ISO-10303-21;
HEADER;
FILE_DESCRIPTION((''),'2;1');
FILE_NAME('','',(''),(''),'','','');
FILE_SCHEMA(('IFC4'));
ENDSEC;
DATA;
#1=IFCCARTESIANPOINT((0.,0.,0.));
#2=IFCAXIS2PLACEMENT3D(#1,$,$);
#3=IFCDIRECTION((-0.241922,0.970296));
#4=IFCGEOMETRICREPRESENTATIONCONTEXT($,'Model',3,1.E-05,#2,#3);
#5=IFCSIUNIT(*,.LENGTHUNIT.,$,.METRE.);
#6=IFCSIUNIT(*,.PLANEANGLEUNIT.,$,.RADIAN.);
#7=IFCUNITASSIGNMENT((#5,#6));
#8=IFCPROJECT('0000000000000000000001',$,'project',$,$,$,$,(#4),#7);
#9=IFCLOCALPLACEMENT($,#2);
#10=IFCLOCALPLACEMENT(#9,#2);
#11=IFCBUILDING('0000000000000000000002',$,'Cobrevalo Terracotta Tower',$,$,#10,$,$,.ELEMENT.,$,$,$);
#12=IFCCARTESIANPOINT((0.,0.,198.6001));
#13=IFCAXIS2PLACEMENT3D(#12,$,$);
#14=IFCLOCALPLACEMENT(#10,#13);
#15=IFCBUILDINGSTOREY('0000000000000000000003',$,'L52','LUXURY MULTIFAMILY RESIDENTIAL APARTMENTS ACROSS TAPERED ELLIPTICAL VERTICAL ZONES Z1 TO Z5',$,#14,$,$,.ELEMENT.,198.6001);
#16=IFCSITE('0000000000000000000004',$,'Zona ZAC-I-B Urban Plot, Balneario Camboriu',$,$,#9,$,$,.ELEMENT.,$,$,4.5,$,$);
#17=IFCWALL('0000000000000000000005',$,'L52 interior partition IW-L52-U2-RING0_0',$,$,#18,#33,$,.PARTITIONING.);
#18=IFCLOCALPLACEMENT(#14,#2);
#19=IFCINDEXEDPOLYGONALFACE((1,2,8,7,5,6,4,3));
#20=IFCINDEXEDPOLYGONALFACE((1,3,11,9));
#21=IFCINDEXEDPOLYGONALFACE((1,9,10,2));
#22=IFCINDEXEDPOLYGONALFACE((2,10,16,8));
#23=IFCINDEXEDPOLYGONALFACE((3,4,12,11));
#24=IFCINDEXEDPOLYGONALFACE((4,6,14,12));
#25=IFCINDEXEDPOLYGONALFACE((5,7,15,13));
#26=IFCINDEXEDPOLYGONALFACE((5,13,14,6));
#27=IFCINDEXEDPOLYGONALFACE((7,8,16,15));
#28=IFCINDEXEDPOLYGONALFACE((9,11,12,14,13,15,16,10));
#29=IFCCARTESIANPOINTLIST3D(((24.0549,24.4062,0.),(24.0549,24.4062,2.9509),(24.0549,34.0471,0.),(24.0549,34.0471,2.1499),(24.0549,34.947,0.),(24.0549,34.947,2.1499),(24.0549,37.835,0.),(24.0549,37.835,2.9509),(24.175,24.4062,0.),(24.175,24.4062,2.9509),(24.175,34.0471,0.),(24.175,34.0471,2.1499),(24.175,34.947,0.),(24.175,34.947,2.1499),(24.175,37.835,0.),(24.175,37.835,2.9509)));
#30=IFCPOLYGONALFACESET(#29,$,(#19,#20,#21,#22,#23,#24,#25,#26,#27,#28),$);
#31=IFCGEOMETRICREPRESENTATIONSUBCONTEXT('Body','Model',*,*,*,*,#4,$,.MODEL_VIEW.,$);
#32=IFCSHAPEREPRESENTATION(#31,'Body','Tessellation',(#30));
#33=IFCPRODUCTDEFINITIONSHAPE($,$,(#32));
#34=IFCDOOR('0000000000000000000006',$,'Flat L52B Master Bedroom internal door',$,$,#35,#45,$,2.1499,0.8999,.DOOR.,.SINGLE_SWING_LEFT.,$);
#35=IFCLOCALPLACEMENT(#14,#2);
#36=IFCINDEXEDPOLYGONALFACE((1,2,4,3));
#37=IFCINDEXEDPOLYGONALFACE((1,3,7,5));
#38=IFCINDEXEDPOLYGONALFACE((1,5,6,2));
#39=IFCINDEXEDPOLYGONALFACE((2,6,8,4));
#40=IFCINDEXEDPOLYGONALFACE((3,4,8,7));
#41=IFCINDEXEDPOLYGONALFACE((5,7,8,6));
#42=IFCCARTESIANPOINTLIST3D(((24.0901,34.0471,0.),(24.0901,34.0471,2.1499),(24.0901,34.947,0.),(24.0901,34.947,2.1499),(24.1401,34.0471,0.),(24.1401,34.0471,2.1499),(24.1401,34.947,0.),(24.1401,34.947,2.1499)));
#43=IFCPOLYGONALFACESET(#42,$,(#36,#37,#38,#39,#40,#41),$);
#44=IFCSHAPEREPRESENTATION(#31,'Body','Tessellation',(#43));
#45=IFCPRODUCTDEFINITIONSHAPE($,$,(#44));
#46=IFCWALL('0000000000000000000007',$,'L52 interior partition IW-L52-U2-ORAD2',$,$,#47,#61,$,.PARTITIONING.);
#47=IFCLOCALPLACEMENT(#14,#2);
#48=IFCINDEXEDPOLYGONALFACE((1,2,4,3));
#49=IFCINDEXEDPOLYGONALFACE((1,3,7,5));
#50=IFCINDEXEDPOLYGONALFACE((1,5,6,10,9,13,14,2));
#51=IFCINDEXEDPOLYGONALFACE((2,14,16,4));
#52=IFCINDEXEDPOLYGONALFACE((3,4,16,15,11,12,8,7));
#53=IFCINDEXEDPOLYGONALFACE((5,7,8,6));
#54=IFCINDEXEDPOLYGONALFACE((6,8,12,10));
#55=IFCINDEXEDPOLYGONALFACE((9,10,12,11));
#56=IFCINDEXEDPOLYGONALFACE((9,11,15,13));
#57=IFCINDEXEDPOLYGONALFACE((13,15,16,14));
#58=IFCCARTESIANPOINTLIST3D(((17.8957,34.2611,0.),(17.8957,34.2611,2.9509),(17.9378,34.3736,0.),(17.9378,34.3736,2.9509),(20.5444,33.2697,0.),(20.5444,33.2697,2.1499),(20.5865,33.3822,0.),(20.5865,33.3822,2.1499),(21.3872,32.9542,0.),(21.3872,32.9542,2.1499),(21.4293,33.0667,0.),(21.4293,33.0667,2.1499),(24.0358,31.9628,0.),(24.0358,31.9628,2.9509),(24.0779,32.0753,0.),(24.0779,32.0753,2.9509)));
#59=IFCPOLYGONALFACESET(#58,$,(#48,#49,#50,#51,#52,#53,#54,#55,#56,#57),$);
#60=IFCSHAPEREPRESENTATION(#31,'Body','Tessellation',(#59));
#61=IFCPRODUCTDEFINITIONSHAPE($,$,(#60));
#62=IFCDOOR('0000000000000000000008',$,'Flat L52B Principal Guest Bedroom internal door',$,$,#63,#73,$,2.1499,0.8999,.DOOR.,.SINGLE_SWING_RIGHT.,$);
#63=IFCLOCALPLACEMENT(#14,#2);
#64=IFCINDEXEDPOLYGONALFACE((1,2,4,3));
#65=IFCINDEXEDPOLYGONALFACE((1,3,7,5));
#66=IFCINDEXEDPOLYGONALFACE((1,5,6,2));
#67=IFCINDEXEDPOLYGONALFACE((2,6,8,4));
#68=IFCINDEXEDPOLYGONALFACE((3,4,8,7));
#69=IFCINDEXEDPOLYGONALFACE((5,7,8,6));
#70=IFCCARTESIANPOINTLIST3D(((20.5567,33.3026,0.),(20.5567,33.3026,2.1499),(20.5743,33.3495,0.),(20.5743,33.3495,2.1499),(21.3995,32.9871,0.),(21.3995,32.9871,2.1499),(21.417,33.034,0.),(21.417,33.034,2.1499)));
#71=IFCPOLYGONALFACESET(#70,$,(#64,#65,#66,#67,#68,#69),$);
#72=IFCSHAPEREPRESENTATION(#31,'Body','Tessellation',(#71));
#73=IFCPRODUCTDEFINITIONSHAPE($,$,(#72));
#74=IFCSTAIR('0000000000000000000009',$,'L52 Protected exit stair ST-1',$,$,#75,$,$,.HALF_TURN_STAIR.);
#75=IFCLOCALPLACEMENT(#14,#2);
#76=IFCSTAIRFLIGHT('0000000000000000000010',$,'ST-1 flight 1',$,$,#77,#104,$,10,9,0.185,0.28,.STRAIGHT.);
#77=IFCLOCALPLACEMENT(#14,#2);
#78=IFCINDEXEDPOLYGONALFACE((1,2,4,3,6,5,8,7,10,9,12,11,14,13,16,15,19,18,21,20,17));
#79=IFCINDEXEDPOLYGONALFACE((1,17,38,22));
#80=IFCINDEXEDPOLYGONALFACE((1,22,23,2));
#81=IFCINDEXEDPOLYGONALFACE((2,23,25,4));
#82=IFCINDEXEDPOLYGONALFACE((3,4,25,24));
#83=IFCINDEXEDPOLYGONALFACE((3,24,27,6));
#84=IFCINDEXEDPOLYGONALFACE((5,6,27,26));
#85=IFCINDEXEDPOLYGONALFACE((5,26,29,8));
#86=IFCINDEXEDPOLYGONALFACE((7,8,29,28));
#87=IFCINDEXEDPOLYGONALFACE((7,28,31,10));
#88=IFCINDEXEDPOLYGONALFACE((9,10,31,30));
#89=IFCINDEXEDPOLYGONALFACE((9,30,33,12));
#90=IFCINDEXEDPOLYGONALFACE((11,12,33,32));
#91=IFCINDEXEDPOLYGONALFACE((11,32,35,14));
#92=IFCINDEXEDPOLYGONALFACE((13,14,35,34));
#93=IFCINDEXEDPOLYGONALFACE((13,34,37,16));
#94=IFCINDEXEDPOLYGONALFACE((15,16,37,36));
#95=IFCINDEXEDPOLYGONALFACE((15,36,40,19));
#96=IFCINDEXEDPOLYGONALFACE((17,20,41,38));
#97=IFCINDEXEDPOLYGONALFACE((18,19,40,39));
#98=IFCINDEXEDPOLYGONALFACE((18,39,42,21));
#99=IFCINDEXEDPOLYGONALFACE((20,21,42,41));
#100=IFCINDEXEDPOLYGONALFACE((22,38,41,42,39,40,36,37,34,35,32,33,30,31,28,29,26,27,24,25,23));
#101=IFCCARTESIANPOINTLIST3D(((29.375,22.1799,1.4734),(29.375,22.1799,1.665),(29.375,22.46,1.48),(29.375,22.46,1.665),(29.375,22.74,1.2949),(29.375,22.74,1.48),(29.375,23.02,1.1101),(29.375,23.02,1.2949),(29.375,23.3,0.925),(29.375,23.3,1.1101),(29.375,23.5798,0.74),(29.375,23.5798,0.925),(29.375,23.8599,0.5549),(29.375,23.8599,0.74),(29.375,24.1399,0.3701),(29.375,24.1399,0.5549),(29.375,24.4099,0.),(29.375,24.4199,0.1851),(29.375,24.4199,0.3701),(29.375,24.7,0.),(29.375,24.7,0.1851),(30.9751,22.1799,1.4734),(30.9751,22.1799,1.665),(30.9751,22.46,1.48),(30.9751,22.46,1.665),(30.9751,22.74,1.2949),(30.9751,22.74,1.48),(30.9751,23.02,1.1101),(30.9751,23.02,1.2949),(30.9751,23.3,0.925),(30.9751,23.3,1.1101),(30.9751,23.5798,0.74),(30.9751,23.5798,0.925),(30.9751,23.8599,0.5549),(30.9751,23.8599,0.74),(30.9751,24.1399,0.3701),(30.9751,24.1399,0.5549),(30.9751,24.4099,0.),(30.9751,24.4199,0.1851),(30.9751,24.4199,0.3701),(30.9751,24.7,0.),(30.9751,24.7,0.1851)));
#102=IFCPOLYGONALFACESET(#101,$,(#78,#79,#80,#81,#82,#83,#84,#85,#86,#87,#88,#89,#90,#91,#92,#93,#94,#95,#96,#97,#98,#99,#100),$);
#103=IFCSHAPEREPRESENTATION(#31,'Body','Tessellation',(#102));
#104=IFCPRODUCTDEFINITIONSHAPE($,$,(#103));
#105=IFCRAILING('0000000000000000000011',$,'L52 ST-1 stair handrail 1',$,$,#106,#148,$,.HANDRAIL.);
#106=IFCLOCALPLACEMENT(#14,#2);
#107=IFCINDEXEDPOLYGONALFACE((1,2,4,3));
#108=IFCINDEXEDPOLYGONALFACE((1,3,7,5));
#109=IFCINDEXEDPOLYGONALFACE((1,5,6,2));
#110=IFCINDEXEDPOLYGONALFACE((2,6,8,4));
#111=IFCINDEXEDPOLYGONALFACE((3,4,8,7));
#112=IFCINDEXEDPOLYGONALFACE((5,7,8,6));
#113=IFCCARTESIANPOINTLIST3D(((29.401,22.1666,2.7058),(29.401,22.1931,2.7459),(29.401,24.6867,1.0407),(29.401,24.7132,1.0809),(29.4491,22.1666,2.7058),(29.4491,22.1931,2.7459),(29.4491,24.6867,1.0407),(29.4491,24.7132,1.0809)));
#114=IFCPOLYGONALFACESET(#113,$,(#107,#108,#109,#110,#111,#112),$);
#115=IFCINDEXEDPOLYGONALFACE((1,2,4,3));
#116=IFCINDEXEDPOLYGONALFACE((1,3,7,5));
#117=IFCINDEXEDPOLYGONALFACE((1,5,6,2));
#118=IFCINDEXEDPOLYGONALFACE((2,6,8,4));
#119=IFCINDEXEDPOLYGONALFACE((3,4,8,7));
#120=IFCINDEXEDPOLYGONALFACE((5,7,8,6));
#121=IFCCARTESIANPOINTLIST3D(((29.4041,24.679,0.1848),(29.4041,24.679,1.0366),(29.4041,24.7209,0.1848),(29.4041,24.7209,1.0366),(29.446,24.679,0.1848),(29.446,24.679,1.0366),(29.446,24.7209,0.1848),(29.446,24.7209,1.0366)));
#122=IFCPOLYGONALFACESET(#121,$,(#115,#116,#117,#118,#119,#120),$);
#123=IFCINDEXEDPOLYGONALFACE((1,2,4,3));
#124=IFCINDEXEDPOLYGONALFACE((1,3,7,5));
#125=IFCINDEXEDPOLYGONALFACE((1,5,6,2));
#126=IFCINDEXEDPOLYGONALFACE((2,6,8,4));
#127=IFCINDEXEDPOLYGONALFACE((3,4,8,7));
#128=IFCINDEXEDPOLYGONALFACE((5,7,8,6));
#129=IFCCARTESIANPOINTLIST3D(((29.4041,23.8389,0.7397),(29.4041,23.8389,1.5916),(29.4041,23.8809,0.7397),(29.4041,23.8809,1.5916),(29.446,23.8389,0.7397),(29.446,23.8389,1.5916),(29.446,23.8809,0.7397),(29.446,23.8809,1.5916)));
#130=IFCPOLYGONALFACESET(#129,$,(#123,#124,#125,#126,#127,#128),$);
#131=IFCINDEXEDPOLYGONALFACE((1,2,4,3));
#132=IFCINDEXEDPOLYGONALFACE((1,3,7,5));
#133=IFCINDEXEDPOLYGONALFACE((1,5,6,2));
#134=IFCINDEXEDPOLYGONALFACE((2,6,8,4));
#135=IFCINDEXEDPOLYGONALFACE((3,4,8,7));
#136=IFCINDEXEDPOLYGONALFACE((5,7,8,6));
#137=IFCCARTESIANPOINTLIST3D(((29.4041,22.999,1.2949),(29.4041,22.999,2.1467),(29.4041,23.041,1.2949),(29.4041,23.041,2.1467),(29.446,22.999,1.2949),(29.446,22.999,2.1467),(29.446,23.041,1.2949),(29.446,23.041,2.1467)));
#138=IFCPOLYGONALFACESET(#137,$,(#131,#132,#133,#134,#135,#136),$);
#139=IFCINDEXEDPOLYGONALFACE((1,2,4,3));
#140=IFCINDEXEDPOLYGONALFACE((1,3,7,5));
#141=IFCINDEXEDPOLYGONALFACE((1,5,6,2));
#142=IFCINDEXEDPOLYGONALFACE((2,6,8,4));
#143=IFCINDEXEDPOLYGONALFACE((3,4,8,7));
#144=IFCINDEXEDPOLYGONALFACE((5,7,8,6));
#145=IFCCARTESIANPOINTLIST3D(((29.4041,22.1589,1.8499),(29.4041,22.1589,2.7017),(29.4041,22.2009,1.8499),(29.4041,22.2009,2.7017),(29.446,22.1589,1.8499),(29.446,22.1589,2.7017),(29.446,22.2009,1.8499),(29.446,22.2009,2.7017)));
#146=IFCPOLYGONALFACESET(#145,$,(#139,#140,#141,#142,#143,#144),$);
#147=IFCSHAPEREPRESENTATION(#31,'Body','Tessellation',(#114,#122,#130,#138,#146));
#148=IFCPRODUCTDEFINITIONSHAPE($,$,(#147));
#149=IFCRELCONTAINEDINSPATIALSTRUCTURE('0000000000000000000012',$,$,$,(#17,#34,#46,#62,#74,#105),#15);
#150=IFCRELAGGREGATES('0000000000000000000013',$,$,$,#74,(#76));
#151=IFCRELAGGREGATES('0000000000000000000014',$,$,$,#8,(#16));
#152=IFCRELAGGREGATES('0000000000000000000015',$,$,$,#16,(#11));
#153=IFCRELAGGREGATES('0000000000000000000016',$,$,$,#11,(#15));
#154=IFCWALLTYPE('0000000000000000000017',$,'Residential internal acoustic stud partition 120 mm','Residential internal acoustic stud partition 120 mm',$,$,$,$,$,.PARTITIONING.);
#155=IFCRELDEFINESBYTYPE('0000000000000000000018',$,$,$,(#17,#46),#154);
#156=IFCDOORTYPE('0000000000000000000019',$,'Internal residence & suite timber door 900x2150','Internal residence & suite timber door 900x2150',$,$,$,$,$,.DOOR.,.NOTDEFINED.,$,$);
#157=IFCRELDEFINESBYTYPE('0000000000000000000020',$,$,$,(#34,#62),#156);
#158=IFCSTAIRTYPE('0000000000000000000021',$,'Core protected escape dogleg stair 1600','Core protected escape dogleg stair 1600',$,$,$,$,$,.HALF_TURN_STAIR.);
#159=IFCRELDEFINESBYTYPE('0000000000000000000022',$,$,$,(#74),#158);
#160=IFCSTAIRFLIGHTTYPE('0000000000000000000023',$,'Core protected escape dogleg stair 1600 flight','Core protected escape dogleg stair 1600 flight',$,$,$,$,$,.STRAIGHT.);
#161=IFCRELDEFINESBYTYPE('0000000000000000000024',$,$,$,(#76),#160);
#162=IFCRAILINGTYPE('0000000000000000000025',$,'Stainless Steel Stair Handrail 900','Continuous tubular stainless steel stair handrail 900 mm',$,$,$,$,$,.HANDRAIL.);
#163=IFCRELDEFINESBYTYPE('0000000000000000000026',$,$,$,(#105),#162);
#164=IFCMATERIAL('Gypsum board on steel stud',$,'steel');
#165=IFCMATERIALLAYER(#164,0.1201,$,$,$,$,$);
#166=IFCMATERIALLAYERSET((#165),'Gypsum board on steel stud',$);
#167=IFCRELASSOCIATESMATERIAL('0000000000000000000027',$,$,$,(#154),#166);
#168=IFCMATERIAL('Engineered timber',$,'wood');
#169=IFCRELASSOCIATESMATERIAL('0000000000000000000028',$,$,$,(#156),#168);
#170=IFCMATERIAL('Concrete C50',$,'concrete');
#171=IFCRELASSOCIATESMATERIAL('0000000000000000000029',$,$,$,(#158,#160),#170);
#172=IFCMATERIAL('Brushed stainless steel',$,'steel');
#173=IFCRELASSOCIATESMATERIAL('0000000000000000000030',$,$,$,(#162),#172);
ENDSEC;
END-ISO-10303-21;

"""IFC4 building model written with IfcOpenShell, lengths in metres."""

from ifc_helpers import new_model, si_unit, direction, frame, frame_2d, origin, origin_2d, place, context, subcontext, project, spatial, polyline, rectangle, outline, extrude, source, transform, mapped, material, layer, layer_set, type_object, element, fill, aggregate, save


model = new_model("IFC4")

# Units and contexts
model_context = context("Model", 3, precision=1e-05, world=origin(), true_north=direction((-0.241922, 0.970296)))
body_context = subcontext(model_context, "Body", "Model", "MODEL_VIEW")
ifc_project = project(units=[si_unit("LENGTHUNIT", "METRE"), si_unit("PLANEANGLEUNIT", "RADIAN")], contexts=[model_context])

# Site, building, storey
site_placement = place(None, origin())
site = spatial("IfcSite", under=ifc_project, at=site_placement, Name="Zona ZAC-I-B Urban Plot, Balneario Camboriu", CompositionType="ELEMENT", RefElevation=4.5)
building_placement = place(site_placement, origin())
building = spatial("IfcBuilding", under=site, at=building_placement, Name="Cobrevalo Terracotta Tower", CompositionType="ELEMENT")
storey_placement = place(building_placement, frame((0.0, 0.0, 198.6001)))
storey = spatial("IfcBuildingStorey", under=building, at=storey_placement, Name="L52", Description="LUXURY MULTIFAMILY RESIDENTIAL APARTMENTS ACROSS TAPERED ELLIPTICAL VERTICAL ZONES Z1 TO Z5", CompositionType="ELEMENT", Elevation=198.6001)

# Shared definitions
ifc_material_1 = material(Name="Gypsum board on steel stud", Category="steel")

# Shared definitions
ifc_material_2 = material(Name="Brushed stainless steel", Category="steel")

# Walls, openings, doors
ifc_layer_1 = layer(ifc_material_1, 0.1201)
ifc_layer_set_1 = layer_set([ifc_layer_1], Name="Gypsum board on steel stud")
wall_type_1 = type_object("IfcWallType", Name="Residential internal acoustic stud partition 120 mm", Description="Residential internal acoustic stud partition 120 mm", PredefinedType="PARTITIONING", material=ifc_layer_set_1)
wall_1_placement = place(storey_placement, frame((24.115, 24.4062, 0.0), z_axis=(0.0, 0.0, 1.0), x_axis=(0.0, 1.0, 0.0)))
wall_1 = element("IfcWall", 1, at=wall_1_placement, inside=storey, type_object=wall_type_1, Name="L52 interior partition IW-L52-U2-RING0_0", PredefinedType="PARTITIONING", context=body_context, shape_type="SweptSolid", body=[
    extrude(rectangle(XDim=13.4287, YDim=0.1201, at=frame_2d((6.7144, 0.0))), origin(), (0.0, 0.0, 1.0), 2.9509),
])
opening_1_placement = place(wall_1_placement, frame((9.6409, 0.0, 0.0)))
opening_1 = element("IfcOpeningElement", 2, at=opening_1_placement, cuts=wall_1, PredefinedType="OPENING", context=body_context, shape_type="SweptSolid", body=[
    extrude(rectangle(XDim=0.8999, YDim=2.1499, at=frame_2d((0.45, 1.075))), frame((0.0, 0.0701, 0.0), z_axis=(0.0, -1.0, 0.0), x_axis=(1.0, 0.0, 0.0)), (0.0, 0.0, 1.0), 0.1401),
])
ifc_material_3 = material(Name="Engineered timber", Category="wood")
door_type_1 = type_object("IfcDoorType", Name="Internal residence & suite timber door 900x2150", Description="Internal residence & suite timber door 900x2150", OperationType="NOTDEFINED", PredefinedType="DOOR", material=ifc_material_3)
shared_shape_1 = source(origin(), body_context, "Body", "SweptSolid", [
    extrude(rectangle(XDim=0.8999, YDim=2.1499, at=frame_2d((0.45, 1.075))), frame((0.0, 0.0249, 0.0), z_axis=(0.0, -1.0, 0.0), x_axis=(1.0, 0.0, 0.0)), (0.0, 0.0, 1.0), 0.05),
])
door_1_placement = place(opening_1_placement, origin())
door_1 = element("IfcDoor", 3, at=door_1_placement, inside=storey, type_object=door_type_1, Name="Flat L52B Master Bedroom internal door", OperationType="SINGLE_SWING_LEFT", OverallHeight=2.1499, OverallWidth=0.8999, PredefinedType="DOOR", context=body_context, shape_type="MappedRepresentation", body=[
    mapped(shared_shape_1, transform((0.0, 0.0, 0.0), scale=1.0)),
])
fill(opening_1, door_1)
wall_2_placement = place(storey_placement, frame((24.0569, 32.019, 0.0), z_axis=(0.0, 0.0, 1.0), x_axis=(-0.93654, 0.35056, 0.0)))
wall_2 = element("IfcWall", 4, at=wall_2_placement, inside=storey, type_object=wall_type_1, Name="L52 interior partition IW-L52-U2-ORAD2", PredefinedType="PARTITIONING", context=body_context, shape_type="SweptSolid", body=[
    extrude(rectangle(XDim=6.5562, YDim=0.1201, at=frame_2d((3.2781, 0.0))), origin(), (0.0, 0.0, 1.0), 2.9509),
])
opening_2_placement = place(wall_2_placement, frame((2.8281, 0.0, 0.0)))
opening_2 = element("IfcOpeningElement", 5, at=opening_2_placement, cuts=wall_2, PredefinedType="OPENING", context=body_context, shape_type="SweptSolid", body=[
    extrude(rectangle(XDim=0.8999, YDim=2.1499, at=frame_2d((0.45, 1.075))), frame((0.0, 0.0701, 0.0), z_axis=(0.0, -1.0, 0.0), x_axis=(1.0, 0.0, 0.0)), (0.0, 0.0, 1.0), 0.1401),
])
door_2_placement = place(opening_2_placement, origin())
door_2 = element("IfcDoor", 6, at=door_2_placement, inside=storey, type_object=door_type_1, Name="Flat L52B Principal Guest Bedroom internal door", OperationType="SINGLE_SWING_RIGHT", OverallHeight=2.1499, OverallWidth=0.8999, PredefinedType="DOOR", context=body_context, shape_type="MappedRepresentation", body=[
    mapped(shared_shape_1, transform((0.0, 0.0, 0.0), scale=1.0)),
])
fill(opening_2, door_2)
ifc_material_4 = material(Name="Concrete C50", Category="concrete")

# Stair, stair flight
stair_type = type_object("IfcStairType", Name="Core protected escape dogleg stair 1600", Description="Core protected escape dogleg stair 1600", PredefinedType="HALF_TURN_STAIR", material=ifc_material_4)
stair_placement = place(storey_placement, origin())
stair = element("IfcStair", 7, at=stair_placement, inside=storey, type_object=stair_type, Name="L52 Protected exit stair ST-1", PredefinedType="HALF_TURN_STAIR")
stair_flight_type = type_object("IfcStairFlightType", Name="Core protected escape dogleg stair 1600 flight", Description="Core protected escape dogleg stair 1600 flight", PredefinedType="STRAIGHT", material=ifc_material_4)
stair_flight_placement = place(storey_placement, frame((30.175, 24.7, 0.0), z_axis=(0.0, 0.0, 1.0), x_axis=(0.0, -1.0, 0.0)))
stair_flight = element("IfcStairFlight", 8, at=stair_flight_placement, type_object=stair_flight_type, Name="ST-1 flight 1", NumberOfRisers=10, NumberOfTreads=9, PredefinedType="STRAIGHT", RiserHeight=0.185, TreadLength=0.28, context=body_context, shape_type="SweptSolid", body=[
    extrude(outline(polyline([(0.0, 0.0), (0.0, 0.1851), (0.28, 0.1851), (0.28, 0.3701), (0.5601, 0.3701), (0.5601, 0.5549), (0.8401, 0.5549), (0.8401, 0.74), (1.1201, 0.74), (1.1201, 0.925), (1.3999, 0.925), (1.3999, 1.1101), (1.6799, 1.1101), (1.6799, 1.2949), (1.96, 1.2949), (1.96, 1.48), (2.24, 1.48), (2.24, 1.665), (2.52, 1.665), (2.52, 1.8501), (2.52, 1.4734), (0.29, 0.0), (0.0, 0.0)])), frame((0.0, 0.8, 0.0), z_axis=(0.0, -1.0, 0.0), x_axis=(1.0, 0.0, 0.0)), (0.0, 0.0, 1.0), 1.6001),
])
aggregate(stair, [stair_flight])

# Railing
railing_type_1 = type_object("IfcRailingType", Name="Stainless Steel Stair Handrail 900", Description="Continuous tubular stainless steel stair handrail 900 mm", PredefinedType="HANDRAIL", material=ifc_material_2)
railing_1_placement = place(storey_placement, frame((29.425, 24.7, 0.1848)))
element("IfcRailing", 9, at=railing_1_placement, inside=storey, type_object=railing_type_1, Name="L52 ST-1 stair handrail 1", PredefinedType="HANDRAIL", context=body_context, shape_type="SweptSolid", body=[
    extrude(rectangle(XDim=0.0481, YDim=0.0481, at=origin_2d()), frame((0.0, 0.0, 0.876), z_axis=(0.0, -0.834331, 0.551263), x_axis=(1.0, 0.0, 0.0)), (0.0, 0.0, 1.0), 3.0205),
    extrude(rectangle(XDim=0.042, YDim=0.042, at=origin_2d()), origin(), (0.0, 0.0, 1.0), 0.8518),
    extrude(rectangle(XDim=0.042, YDim=0.042, at=origin_2d()), frame((0.0, -0.8401, 0.5549)), (0.0, 0.0, 1.0), 0.8518),
    extrude(rectangle(XDim=0.042, YDim=0.042, at=origin_2d()), frame((0.0, -1.6799, 1.1101)), (0.0, 0.0, 1.0), 0.8518),
    extrude(rectangle(XDim=0.042, YDim=0.042, at=origin_2d()), frame((0.0, -2.52, 1.665)), (0.0, 0.0, 1.0), 0.8518),
])

save(model, "model.ifc")
